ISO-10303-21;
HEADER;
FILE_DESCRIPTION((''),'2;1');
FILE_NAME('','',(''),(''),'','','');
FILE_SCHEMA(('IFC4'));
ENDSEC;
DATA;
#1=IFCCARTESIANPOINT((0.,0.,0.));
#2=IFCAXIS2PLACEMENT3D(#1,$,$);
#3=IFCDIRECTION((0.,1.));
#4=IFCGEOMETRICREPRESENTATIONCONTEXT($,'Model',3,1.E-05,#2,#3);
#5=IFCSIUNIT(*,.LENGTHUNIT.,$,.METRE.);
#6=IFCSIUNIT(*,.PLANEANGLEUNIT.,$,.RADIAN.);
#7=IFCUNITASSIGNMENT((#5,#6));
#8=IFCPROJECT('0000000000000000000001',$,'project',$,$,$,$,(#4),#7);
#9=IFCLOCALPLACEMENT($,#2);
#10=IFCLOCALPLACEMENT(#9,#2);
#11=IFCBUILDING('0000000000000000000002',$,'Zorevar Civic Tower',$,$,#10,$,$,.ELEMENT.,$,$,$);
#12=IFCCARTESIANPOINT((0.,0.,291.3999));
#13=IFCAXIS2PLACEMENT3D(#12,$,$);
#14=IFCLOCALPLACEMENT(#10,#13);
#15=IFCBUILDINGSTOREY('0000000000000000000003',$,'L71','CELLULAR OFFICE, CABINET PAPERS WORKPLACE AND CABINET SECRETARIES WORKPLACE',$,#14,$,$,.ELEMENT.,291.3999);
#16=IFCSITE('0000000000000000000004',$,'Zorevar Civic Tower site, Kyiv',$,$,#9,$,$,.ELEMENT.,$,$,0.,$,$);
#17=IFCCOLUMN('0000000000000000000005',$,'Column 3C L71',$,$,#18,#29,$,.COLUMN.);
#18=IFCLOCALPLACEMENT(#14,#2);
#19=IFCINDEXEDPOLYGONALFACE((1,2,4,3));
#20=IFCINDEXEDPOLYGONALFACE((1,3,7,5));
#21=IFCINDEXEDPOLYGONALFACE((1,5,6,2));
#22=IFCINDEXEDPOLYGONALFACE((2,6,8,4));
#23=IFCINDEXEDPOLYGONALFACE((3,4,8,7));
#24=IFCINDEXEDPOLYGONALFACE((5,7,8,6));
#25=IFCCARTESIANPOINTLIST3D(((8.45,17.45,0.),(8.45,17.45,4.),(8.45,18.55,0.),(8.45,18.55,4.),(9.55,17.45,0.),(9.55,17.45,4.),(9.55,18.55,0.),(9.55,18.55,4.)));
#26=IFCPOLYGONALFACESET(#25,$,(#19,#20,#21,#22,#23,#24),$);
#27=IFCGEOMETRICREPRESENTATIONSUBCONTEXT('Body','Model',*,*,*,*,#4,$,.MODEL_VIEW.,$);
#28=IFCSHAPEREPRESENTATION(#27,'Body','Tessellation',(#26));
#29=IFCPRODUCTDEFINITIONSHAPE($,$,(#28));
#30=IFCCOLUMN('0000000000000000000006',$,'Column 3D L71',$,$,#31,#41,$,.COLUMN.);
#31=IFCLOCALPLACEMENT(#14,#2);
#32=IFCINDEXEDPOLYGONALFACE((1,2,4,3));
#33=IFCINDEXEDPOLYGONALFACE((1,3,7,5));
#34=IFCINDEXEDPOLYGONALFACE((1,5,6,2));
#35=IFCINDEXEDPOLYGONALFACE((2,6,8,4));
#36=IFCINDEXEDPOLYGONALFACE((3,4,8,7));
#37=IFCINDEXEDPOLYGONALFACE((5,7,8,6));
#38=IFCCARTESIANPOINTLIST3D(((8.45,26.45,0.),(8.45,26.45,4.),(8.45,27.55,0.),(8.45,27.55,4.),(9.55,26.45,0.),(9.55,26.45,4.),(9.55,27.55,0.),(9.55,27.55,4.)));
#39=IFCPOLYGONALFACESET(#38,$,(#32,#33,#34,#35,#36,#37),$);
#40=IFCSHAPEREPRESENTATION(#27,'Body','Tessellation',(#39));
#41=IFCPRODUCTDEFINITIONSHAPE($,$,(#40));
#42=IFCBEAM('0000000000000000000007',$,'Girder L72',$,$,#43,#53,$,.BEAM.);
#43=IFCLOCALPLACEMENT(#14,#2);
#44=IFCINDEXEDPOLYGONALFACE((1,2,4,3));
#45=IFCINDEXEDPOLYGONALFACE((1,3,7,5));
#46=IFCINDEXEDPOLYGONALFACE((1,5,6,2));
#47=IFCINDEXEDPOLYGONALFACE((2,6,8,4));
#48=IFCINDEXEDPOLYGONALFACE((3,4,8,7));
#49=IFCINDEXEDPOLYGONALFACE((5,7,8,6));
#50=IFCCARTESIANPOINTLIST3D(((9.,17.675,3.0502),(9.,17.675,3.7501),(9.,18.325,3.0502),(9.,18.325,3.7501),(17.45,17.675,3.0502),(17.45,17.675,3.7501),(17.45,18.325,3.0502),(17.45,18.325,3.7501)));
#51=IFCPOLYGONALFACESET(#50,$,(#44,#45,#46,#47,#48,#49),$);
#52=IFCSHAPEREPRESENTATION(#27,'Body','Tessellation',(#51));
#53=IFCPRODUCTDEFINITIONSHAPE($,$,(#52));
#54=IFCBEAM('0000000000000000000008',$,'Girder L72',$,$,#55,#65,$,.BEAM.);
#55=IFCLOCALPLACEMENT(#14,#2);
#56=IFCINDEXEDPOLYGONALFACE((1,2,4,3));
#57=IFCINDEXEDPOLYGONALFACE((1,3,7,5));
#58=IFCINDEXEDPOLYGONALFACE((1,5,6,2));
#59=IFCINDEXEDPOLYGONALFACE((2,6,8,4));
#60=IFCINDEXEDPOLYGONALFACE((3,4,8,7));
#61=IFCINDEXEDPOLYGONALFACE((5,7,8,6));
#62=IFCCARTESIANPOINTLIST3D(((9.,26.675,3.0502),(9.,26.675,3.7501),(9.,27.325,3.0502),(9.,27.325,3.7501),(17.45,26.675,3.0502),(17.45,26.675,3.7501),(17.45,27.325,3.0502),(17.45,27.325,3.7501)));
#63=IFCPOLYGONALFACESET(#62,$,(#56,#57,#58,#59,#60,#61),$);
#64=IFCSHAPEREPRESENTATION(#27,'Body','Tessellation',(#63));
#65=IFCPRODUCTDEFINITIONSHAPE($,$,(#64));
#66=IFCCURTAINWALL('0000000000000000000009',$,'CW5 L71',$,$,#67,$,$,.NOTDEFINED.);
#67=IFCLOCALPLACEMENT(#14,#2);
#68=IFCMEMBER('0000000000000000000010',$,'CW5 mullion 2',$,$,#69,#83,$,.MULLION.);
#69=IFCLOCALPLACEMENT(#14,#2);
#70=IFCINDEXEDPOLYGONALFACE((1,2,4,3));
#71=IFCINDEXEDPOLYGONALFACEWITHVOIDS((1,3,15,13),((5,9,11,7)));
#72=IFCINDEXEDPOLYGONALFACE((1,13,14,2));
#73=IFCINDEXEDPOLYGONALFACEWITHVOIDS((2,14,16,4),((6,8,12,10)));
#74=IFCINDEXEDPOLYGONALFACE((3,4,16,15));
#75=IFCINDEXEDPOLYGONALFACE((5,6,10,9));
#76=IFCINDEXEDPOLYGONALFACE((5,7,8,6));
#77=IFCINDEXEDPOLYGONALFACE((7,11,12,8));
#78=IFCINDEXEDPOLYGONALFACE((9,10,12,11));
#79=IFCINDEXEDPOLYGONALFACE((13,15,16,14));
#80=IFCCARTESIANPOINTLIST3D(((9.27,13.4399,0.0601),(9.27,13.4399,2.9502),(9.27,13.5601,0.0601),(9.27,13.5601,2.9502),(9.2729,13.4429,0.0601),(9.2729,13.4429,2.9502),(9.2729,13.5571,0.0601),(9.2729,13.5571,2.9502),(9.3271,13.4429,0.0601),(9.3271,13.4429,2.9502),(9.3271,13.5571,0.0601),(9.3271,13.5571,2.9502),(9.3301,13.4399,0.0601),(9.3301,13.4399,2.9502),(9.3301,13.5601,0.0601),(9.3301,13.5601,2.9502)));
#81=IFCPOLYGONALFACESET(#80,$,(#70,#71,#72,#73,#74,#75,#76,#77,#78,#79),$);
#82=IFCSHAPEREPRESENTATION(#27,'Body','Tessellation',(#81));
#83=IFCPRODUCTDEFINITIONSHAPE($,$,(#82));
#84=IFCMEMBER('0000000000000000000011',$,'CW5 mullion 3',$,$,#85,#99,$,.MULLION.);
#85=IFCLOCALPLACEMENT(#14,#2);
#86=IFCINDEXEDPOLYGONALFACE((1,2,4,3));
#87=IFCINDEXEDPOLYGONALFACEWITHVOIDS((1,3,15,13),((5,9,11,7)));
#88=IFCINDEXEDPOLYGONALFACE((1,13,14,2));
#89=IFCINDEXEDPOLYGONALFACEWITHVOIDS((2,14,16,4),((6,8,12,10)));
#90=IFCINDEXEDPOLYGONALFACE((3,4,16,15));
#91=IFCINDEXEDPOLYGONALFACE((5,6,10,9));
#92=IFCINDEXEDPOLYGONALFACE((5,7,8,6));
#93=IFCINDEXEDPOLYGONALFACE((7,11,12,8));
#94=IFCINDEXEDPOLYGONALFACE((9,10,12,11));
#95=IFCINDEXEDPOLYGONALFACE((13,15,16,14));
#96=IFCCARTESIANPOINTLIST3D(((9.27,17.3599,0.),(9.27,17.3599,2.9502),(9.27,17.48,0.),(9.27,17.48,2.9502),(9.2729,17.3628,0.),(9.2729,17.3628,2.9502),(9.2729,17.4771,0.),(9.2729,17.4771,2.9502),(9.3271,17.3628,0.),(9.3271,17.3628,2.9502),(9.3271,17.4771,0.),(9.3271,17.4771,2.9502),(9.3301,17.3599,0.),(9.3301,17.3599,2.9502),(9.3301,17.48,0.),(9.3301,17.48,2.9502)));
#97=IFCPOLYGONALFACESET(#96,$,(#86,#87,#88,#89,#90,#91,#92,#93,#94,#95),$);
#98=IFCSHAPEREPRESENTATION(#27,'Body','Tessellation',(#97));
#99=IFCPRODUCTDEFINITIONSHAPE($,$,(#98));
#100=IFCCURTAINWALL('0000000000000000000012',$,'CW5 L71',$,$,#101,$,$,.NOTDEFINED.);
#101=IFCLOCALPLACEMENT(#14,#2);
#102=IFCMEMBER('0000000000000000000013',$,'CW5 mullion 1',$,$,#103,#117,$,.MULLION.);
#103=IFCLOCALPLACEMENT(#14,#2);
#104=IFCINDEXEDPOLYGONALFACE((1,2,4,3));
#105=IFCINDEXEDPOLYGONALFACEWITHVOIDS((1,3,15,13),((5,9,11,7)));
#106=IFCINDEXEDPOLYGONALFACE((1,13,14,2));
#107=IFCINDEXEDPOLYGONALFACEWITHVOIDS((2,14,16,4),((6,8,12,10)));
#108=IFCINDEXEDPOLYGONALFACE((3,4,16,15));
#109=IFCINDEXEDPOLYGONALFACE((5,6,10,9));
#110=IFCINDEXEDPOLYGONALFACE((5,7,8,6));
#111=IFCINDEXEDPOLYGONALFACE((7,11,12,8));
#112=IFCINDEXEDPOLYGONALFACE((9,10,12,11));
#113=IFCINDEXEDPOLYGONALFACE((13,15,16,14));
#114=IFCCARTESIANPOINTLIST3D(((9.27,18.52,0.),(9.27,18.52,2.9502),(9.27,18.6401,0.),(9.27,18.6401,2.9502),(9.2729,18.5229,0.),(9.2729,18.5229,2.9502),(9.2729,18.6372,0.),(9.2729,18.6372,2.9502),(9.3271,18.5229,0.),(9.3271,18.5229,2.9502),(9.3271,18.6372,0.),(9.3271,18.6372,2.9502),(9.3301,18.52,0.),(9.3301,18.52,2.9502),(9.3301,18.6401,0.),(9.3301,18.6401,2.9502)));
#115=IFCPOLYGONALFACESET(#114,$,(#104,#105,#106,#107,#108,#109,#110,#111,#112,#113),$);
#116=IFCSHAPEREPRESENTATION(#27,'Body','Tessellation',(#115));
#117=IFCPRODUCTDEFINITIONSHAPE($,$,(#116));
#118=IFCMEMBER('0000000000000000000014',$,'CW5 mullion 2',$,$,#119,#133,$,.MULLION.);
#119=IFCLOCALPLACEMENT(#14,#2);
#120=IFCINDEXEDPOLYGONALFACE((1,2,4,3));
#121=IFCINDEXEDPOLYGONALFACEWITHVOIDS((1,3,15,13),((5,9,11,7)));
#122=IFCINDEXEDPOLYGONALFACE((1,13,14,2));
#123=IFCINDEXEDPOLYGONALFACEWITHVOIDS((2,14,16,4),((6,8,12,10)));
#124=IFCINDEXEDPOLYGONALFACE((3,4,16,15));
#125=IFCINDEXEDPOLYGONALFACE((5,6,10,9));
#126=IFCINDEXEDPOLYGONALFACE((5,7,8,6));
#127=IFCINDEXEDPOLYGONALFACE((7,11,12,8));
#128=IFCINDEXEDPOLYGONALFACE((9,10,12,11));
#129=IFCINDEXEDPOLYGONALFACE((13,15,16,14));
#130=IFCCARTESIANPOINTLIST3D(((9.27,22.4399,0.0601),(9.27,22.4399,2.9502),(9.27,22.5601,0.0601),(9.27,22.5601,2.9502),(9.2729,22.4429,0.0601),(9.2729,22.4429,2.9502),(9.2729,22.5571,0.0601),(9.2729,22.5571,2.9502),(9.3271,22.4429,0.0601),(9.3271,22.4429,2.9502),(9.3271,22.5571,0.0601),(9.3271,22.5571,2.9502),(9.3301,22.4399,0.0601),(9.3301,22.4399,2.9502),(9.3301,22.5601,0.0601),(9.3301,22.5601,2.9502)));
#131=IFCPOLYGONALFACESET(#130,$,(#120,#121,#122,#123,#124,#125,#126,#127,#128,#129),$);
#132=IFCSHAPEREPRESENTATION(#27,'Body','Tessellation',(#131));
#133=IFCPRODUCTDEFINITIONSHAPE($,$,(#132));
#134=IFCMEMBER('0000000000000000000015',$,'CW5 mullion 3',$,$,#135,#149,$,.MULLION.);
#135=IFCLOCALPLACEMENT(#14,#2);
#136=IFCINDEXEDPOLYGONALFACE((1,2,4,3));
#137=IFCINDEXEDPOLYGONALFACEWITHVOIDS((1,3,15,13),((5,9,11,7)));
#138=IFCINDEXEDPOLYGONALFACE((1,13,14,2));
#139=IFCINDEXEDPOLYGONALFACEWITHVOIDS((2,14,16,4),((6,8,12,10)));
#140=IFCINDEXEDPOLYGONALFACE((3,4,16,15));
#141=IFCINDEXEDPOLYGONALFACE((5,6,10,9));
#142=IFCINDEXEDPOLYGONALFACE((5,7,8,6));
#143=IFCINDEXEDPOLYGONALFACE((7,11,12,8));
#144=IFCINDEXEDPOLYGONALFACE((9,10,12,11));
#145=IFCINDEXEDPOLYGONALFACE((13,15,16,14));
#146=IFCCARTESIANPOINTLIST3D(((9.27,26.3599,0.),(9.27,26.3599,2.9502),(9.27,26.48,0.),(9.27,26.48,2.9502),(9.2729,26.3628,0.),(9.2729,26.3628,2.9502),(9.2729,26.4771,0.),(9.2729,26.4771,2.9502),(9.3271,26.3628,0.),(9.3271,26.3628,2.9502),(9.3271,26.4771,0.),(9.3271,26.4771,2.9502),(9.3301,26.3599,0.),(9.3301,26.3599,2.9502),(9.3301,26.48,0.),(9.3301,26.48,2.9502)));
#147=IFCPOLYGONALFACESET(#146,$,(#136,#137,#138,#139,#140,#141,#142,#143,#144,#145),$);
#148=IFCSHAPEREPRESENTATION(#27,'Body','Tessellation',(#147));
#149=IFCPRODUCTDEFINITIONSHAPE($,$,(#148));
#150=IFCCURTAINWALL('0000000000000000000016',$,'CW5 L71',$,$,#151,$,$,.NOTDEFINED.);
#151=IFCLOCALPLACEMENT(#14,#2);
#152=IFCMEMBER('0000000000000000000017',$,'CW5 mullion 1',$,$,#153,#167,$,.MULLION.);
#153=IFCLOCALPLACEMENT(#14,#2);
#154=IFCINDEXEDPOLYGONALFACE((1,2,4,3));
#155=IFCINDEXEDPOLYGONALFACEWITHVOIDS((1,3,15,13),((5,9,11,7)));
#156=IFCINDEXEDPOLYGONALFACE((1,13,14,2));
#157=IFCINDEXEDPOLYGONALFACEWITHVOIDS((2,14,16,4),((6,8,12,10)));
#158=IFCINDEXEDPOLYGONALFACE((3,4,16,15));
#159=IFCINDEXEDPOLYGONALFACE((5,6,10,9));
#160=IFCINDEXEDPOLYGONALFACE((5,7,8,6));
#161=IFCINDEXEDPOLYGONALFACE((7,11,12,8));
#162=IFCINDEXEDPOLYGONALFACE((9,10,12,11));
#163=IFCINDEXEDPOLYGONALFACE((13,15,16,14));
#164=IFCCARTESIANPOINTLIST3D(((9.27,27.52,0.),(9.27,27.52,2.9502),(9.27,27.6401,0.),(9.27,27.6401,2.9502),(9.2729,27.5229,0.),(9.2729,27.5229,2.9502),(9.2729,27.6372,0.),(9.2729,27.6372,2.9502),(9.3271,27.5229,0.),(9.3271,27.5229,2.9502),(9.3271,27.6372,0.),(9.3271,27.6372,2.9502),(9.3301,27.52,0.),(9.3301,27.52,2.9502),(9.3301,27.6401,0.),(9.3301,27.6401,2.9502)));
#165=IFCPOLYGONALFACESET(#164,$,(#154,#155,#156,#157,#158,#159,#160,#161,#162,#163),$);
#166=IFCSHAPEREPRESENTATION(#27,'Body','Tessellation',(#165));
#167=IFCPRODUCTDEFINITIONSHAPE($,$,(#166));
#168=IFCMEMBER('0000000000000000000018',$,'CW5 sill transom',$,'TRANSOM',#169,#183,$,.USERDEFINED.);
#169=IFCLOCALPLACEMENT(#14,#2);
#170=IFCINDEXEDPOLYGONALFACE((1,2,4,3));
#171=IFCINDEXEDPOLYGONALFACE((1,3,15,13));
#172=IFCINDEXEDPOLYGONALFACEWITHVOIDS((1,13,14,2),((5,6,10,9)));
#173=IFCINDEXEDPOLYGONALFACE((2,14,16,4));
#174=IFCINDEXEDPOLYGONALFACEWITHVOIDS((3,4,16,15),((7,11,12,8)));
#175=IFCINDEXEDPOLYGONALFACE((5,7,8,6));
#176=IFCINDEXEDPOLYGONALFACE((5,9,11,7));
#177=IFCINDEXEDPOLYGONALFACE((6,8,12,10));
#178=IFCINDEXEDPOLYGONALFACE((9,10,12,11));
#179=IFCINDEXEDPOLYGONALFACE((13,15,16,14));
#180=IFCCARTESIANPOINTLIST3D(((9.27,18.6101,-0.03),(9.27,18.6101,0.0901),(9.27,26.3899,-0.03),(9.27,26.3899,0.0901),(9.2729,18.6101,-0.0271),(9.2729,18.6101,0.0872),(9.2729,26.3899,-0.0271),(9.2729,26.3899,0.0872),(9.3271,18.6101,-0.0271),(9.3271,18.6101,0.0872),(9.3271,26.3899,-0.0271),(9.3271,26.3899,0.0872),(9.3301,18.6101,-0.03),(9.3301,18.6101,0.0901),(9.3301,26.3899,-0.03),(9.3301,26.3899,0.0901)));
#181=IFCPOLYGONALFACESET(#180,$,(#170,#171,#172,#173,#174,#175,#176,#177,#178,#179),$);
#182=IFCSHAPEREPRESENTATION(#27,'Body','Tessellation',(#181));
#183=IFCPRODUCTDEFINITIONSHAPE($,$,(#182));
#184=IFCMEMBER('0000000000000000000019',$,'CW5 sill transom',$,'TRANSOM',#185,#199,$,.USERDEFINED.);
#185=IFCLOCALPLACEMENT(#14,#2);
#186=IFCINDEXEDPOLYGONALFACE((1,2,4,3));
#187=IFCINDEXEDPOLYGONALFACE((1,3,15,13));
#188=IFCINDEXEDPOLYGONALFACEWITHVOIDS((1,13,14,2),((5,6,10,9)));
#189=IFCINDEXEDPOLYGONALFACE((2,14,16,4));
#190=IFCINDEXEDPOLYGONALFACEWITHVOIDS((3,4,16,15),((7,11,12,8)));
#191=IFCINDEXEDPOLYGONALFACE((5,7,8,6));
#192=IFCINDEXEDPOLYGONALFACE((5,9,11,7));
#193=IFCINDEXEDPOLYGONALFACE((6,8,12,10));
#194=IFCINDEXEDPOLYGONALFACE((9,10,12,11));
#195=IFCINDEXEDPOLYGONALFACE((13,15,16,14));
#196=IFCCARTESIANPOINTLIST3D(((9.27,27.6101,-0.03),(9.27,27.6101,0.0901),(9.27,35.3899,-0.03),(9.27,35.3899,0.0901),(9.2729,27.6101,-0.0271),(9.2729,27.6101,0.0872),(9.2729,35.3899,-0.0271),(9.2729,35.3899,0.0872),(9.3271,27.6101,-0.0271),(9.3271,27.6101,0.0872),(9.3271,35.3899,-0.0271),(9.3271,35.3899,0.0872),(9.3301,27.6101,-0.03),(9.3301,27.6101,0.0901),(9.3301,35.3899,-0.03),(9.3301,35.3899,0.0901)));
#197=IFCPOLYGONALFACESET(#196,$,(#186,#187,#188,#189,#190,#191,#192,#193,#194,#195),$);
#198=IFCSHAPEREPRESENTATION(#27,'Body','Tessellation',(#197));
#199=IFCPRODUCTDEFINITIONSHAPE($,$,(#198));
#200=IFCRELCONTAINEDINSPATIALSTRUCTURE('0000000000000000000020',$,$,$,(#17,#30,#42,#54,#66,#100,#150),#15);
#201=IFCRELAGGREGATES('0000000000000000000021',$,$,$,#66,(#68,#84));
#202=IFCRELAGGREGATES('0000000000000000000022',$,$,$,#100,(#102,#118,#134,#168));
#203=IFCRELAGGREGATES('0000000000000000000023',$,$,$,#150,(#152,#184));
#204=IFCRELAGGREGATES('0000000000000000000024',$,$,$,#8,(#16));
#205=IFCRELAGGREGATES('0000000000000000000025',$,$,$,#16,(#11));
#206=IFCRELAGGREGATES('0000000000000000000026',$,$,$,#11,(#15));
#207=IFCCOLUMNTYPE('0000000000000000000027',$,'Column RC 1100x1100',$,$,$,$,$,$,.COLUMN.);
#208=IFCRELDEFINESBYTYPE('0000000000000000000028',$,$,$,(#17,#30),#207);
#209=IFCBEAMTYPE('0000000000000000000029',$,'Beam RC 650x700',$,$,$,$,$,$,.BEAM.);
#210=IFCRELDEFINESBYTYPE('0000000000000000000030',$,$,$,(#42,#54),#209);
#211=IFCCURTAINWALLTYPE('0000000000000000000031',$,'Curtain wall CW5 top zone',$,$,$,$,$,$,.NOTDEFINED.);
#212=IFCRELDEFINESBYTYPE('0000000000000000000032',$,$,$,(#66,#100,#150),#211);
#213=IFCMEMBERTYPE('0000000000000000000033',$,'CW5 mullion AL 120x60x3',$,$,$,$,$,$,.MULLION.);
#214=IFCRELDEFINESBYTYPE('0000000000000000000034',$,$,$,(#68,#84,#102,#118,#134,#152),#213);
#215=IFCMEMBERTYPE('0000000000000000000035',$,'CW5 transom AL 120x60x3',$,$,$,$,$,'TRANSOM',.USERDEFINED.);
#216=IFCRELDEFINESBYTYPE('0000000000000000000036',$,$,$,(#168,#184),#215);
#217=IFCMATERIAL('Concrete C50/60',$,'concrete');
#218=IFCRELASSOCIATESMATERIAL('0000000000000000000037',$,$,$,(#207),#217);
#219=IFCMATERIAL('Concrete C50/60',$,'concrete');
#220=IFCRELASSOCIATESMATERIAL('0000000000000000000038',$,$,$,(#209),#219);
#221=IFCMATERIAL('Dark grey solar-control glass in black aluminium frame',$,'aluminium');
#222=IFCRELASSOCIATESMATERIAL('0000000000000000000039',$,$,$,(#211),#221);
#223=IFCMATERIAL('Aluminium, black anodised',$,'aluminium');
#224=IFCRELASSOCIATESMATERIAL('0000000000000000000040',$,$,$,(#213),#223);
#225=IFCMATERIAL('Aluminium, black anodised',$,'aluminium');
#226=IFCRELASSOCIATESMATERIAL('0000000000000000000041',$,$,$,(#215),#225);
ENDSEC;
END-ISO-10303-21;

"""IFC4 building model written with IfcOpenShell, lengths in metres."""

from ifc_helpers import new_model, si_unit, direction, frame, origin, origin_2d, place, context, subcontext, project, spatial, rectangle, hollow_rectangle, extrude, material, material_profile, profile_set, type_object, element, aggregate, save


model = new_model("IFC4")

# Units and contexts
model_context = context("Model", 3, precision=1e-05, world=origin(), true_north=direction((0.0, 1.0)))
body_context = subcontext(model_context, "Body", "Model", "MODEL_VIEW")
ifc_project = project(units=[si_unit("LENGTHUNIT", "METRE"), si_unit("PLANEANGLEUNIT", "RADIAN")], contexts=[model_context])

# Site, building, storey
site_placement = place(None, origin())
site = spatial("IfcSite", under=ifc_project, at=site_placement, Name="Zorevar Civic Tower site, Kyiv", CompositionType="ELEMENT", RefElevation=0.0)
building_placement = place(site_placement, origin())
building = spatial("IfcBuilding", under=site, at=building_placement, Name="Zorevar Civic Tower", CompositionType="ELEMENT")
storey_placement = place(building_placement, frame((0.0, 0.0, 291.3999)))
storey = spatial("IfcBuildingStorey", under=building, at=storey_placement, Name="L71", Description="CELLULAR OFFICE, CABINET PAPERS WORKPLACE AND CABINET SECRETARIES WORKPLACE", CompositionType="ELEMENT", Elevation=291.3999)

# Columns
ifc_material_1 = material(Name="Concrete C50/60", Category="concrete")
ifc_material_profile_1 = material_profile(ifc_material_1, rectangle(XDim=1.1001, YDim=1.1001, at=origin_2d()), Name="RC 1100x1100")
ifc_profile_set_1 = profile_set([ifc_material_profile_1], Name="Concrete C50/60")
column_type = type_object("IfcColumnType", Name="Column RC 1100x1100", PredefinedType="COLUMN", material=ifc_profile_set_1)
for number, where, z_axis, x_axis, name in (
    (1, (9.0, 18.0, 0.0), (0.0, 0.0, 1.0), (1.0, 0.0, 0.0), "Column 3C L71"),
    (2, (9.0, 27.0, 0.0), (0.0, 0.0, 1.0), (1.0, 0.0, 0.0), "Column 3D L71"),
):
    element("IfcColumn", number, at=place(storey_placement, frame(where, z_axis=z_axis, x_axis=x_axis)), inside=storey, type_object=column_type, Name=name, PredefinedType="COLUMN", context=body_context, shape_type="SweptSolid", body=[
        extrude(rectangle(XDim=1.1001, YDim=1.1001, at=origin_2d()), origin(), (0.0, 0.0, 1.0), 4.0),
    ])

# Beams
ifc_material_2 = material(Name="Concrete C50/60", Category="concrete")
ifc_material_profile_2 = material_profile(ifc_material_2, rectangle(XDim=0.6499, YDim=0.7, at=origin_2d()), Name="RC 650x700")
ifc_profile_set_2 = profile_set([ifc_material_profile_2], Name="Concrete C50/60")
beam_type_1 = type_object("IfcBeamType", Name="Beam RC 650x700", PredefinedType="BEAM", material=ifc_profile_set_2)
for number, where, z_axis, x_axis, name in (
    (3, (9.0, 18.0, 3.4001), (1.0, 0.0, 0.0), (0.0, 1.0, 0.0), "Girder L72"),
    (4, (9.0, 27.0, 3.4001), (1.0, 0.0, 0.0), (0.0, 1.0, 0.0), "Girder L72"),
):
    element("IfcBeam", number, at=place(storey_placement, frame(where, z_axis=z_axis, x_axis=x_axis)), inside=storey, type_object=beam_type_1, Name=name, PredefinedType="BEAM", context=body_context, shape_type="SweptSolid", body=[
        extrude(rectangle(XDim=0.6499, YDim=0.7, at=origin_2d()), origin(), (0.0, 0.0, 1.0), 8.45),
    ])

# Curtain walls, members
ifc_material_3 = material(Name="Dark grey solar-control glass in black aluminium frame", Category="aluminium")
curtain_wall_type = type_object("IfcCurtainWallType", Name="Curtain wall CW5 top zone", PredefinedType="NOTDEFINED", material=ifc_material_3)
curtain_wall_1_placement = place(storey_placement, origin())
curtain_wall_1 = element("IfcCurtainWall", 5, at=curtain_wall_1_placement, inside=storey, type_object=curtain_wall_type, Name="CW5 L71", PredefinedType="NOTDEFINED")
ifc_material_4 = material(Name="Aluminium, black anodised", Category="aluminium")
ifc_material_profile_3 = material_profile(ifc_material_4, hollow_rectangle(XDim=0.0601, YDim=0.1201, WallThickness=0.0029, at=origin_2d()), Name="AL 120x60x3")
ifc_profile_set_3 = profile_set([ifc_material_profile_3], Name="Aluminium, black anodised")
member_type_1 = type_object("IfcMemberType", Name="CW5 mullion AL 120x60x3", PredefinedType="MULLION", material=ifc_profile_set_3)
member_1_placement = place(storey_placement, frame((9.3, 13.5, 0.0601), z_axis=(0.0, 0.0, 1.0), x_axis=(-1.0, 0.0, 0.0)))
member_1 = element("IfcMember", 6, at=member_1_placement, type_object=member_type_1, Name="CW5 mullion 2", PredefinedType="MULLION", context=body_context, shape_type="SweptSolid", body=[
    extrude(hollow_rectangle(XDim=0.0601, YDim=0.1201, WallThickness=0.0029, at=origin_2d()), origin(), (0.0, 0.0, 1.0), 2.8901),
])
member_2_placement = place(storey_placement, frame((9.3, 17.4199, 0.0), z_axis=(0.0, 0.0, 1.0), x_axis=(-1.0, 0.0, 0.0)))
member_2 = element("IfcMember", 7, at=member_2_placement, type_object=member_type_1, Name="CW5 mullion 3", PredefinedType="MULLION", context=body_context, shape_type="SweptSolid", body=[
    extrude(hollow_rectangle(XDim=0.0601, YDim=0.1201, WallThickness=0.0029, at=origin_2d()), origin(), (0.0, 0.0, 1.0), 2.9502),
])
curtain_wall_2_placement = place(storey_placement, origin())
curtain_wall_2 = element("IfcCurtainWall", 8, at=curtain_wall_2_placement, inside=storey, type_object=curtain_wall_type, Name="CW5 L71", PredefinedType="NOTDEFINED")
member_3_placement = place(storey_placement, frame((9.3, 18.5801, 0.0), z_axis=(0.0, 0.0, 1.0), x_axis=(-1.0, 0.0, 0.0)))
member_3 = element("IfcMember", 9, at=member_3_placement, type_object=member_type_1, Name="CW5 mullion 1", PredefinedType="MULLION", context=body_context, shape_type="SweptSolid", body=[
    extrude(hollow_rectangle(XDim=0.0601, YDim=0.1201, WallThickness=0.0029, at=origin_2d()), origin(), (0.0, 0.0, 1.0), 2.9502),
])
member_4_placement = place(storey_placement, frame((9.3, 22.5, 0.0601), z_axis=(0.0, 0.0, 1.0), x_axis=(-1.0, 0.0, 0.0)))
member_4 = element("IfcMember", 10, at=member_4_placement, type_object=member_type_1, Name="CW5 mullion 2", PredefinedType="MULLION", context=body_context, shape_type="SweptSolid", body=[
    extrude(hollow_rectangle(XDim=0.0601, YDim=0.1201, WallThickness=0.0029, at=origin_2d()), origin(), (0.0, 0.0, 1.0), 2.8901),
])
member_5_placement = place(storey_placement, frame((9.3, 26.4199, 0.0), z_axis=(0.0, 0.0, 1.0), x_axis=(-1.0, 0.0, 0.0)))
member_5 = element("IfcMember", 11, at=member_5_placement, type_object=member_type_1, Name="CW5 mullion 3", PredefinedType="MULLION", context=body_context, shape_type="SweptSolid", body=[
    extrude(hollow_rectangle(XDim=0.0601, YDim=0.1201, WallThickness=0.0029, at=origin_2d()), origin(), (0.0, 0.0, 1.0), 2.9502),
])

# Curtain wall, member
curtain_wall_3_placement = place(storey_placement, origin())
curtain_wall_3 = element("IfcCurtainWall", 12, at=curtain_wall_3_placement, inside=storey, type_object=curtain_wall_type, Name="CW5 L71", PredefinedType="NOTDEFINED")
member_6_placement = place(storey_placement, frame((9.3, 27.5801, 0.0), z_axis=(0.0, 0.0, 1.0), x_axis=(-1.0, 0.0, 0.0)))
member_6 = element("IfcMember", 13, at=member_6_placement, type_object=member_type_1, Name="CW5 mullion 1", PredefinedType="MULLION", context=body_context, shape_type="SweptSolid", body=[
    extrude(hollow_rectangle(XDim=0.0601, YDim=0.1201, WallThickness=0.0029, at=origin_2d()), origin(), (0.0, 0.0, 1.0), 2.9502),
])

# Members
ifc_material_5 = material(Name="Aluminium, black anodised", Category="aluminium")
ifc_material_profile_4 = material_profile(ifc_material_5, hollow_rectangle(XDim=0.0601, YDim=0.1201, WallThickness=0.0029, at=origin_2d()), Name="AL 120x60x3")
ifc_profile_set_4 = profile_set([ifc_material_profile_4], Name="Aluminium, black anodised")
member_type_2 = type_object("IfcMemberType", Name="CW5 transom AL 120x60x3", ElementType="TRANSOM", PredefinedType="USERDEFINED", material=ifc_profile_set_4)
member_7_placement = place(storey_placement, frame((9.3, 18.6101, 0.03), z_axis=(0.0, 1.0, 0.0), x_axis=(-1.0, 0.0, 0.0)))
member_7 = element("IfcMember", 14, at=member_7_placement, type_object=member_type_2, Name="CW5 sill transom", ObjectType="TRANSOM", PredefinedType="USERDEFINED", context=body_context, shape_type="SweptSolid", body=[
    extrude(hollow_rectangle(XDim=0.0601, YDim=0.1201, WallThickness=0.0029, at=origin_2d()), origin(), (0.0, 0.0, 1.0), 7.7798),
])
member_8_placement = place(storey_placement, frame((9.3, 27.6101, 0.03), z_axis=(0.0, 1.0, 0.0), x_axis=(-1.0, 0.0, 0.0)))
member_8 = element("IfcMember", 15, at=member_8_placement, type_object=member_type_2, Name="CW5 sill transom", ObjectType="TRANSOM", PredefinedType="USERDEFINED", context=body_context, shape_type="SweptSolid", body=[
    extrude(hollow_rectangle(XDim=0.0601, YDim=0.1201, WallThickness=0.0029, at=origin_2d()), origin(), (0.0, 0.0, 1.0), 7.7798),
])

aggregate(curtain_wall_1, [member_1, member_2])
aggregate(curtain_wall_2, [member_3, member_4, member_5, member_7])
aggregate(curtain_wall_3, [member_6, member_8])

save(model, "model.ifc")
